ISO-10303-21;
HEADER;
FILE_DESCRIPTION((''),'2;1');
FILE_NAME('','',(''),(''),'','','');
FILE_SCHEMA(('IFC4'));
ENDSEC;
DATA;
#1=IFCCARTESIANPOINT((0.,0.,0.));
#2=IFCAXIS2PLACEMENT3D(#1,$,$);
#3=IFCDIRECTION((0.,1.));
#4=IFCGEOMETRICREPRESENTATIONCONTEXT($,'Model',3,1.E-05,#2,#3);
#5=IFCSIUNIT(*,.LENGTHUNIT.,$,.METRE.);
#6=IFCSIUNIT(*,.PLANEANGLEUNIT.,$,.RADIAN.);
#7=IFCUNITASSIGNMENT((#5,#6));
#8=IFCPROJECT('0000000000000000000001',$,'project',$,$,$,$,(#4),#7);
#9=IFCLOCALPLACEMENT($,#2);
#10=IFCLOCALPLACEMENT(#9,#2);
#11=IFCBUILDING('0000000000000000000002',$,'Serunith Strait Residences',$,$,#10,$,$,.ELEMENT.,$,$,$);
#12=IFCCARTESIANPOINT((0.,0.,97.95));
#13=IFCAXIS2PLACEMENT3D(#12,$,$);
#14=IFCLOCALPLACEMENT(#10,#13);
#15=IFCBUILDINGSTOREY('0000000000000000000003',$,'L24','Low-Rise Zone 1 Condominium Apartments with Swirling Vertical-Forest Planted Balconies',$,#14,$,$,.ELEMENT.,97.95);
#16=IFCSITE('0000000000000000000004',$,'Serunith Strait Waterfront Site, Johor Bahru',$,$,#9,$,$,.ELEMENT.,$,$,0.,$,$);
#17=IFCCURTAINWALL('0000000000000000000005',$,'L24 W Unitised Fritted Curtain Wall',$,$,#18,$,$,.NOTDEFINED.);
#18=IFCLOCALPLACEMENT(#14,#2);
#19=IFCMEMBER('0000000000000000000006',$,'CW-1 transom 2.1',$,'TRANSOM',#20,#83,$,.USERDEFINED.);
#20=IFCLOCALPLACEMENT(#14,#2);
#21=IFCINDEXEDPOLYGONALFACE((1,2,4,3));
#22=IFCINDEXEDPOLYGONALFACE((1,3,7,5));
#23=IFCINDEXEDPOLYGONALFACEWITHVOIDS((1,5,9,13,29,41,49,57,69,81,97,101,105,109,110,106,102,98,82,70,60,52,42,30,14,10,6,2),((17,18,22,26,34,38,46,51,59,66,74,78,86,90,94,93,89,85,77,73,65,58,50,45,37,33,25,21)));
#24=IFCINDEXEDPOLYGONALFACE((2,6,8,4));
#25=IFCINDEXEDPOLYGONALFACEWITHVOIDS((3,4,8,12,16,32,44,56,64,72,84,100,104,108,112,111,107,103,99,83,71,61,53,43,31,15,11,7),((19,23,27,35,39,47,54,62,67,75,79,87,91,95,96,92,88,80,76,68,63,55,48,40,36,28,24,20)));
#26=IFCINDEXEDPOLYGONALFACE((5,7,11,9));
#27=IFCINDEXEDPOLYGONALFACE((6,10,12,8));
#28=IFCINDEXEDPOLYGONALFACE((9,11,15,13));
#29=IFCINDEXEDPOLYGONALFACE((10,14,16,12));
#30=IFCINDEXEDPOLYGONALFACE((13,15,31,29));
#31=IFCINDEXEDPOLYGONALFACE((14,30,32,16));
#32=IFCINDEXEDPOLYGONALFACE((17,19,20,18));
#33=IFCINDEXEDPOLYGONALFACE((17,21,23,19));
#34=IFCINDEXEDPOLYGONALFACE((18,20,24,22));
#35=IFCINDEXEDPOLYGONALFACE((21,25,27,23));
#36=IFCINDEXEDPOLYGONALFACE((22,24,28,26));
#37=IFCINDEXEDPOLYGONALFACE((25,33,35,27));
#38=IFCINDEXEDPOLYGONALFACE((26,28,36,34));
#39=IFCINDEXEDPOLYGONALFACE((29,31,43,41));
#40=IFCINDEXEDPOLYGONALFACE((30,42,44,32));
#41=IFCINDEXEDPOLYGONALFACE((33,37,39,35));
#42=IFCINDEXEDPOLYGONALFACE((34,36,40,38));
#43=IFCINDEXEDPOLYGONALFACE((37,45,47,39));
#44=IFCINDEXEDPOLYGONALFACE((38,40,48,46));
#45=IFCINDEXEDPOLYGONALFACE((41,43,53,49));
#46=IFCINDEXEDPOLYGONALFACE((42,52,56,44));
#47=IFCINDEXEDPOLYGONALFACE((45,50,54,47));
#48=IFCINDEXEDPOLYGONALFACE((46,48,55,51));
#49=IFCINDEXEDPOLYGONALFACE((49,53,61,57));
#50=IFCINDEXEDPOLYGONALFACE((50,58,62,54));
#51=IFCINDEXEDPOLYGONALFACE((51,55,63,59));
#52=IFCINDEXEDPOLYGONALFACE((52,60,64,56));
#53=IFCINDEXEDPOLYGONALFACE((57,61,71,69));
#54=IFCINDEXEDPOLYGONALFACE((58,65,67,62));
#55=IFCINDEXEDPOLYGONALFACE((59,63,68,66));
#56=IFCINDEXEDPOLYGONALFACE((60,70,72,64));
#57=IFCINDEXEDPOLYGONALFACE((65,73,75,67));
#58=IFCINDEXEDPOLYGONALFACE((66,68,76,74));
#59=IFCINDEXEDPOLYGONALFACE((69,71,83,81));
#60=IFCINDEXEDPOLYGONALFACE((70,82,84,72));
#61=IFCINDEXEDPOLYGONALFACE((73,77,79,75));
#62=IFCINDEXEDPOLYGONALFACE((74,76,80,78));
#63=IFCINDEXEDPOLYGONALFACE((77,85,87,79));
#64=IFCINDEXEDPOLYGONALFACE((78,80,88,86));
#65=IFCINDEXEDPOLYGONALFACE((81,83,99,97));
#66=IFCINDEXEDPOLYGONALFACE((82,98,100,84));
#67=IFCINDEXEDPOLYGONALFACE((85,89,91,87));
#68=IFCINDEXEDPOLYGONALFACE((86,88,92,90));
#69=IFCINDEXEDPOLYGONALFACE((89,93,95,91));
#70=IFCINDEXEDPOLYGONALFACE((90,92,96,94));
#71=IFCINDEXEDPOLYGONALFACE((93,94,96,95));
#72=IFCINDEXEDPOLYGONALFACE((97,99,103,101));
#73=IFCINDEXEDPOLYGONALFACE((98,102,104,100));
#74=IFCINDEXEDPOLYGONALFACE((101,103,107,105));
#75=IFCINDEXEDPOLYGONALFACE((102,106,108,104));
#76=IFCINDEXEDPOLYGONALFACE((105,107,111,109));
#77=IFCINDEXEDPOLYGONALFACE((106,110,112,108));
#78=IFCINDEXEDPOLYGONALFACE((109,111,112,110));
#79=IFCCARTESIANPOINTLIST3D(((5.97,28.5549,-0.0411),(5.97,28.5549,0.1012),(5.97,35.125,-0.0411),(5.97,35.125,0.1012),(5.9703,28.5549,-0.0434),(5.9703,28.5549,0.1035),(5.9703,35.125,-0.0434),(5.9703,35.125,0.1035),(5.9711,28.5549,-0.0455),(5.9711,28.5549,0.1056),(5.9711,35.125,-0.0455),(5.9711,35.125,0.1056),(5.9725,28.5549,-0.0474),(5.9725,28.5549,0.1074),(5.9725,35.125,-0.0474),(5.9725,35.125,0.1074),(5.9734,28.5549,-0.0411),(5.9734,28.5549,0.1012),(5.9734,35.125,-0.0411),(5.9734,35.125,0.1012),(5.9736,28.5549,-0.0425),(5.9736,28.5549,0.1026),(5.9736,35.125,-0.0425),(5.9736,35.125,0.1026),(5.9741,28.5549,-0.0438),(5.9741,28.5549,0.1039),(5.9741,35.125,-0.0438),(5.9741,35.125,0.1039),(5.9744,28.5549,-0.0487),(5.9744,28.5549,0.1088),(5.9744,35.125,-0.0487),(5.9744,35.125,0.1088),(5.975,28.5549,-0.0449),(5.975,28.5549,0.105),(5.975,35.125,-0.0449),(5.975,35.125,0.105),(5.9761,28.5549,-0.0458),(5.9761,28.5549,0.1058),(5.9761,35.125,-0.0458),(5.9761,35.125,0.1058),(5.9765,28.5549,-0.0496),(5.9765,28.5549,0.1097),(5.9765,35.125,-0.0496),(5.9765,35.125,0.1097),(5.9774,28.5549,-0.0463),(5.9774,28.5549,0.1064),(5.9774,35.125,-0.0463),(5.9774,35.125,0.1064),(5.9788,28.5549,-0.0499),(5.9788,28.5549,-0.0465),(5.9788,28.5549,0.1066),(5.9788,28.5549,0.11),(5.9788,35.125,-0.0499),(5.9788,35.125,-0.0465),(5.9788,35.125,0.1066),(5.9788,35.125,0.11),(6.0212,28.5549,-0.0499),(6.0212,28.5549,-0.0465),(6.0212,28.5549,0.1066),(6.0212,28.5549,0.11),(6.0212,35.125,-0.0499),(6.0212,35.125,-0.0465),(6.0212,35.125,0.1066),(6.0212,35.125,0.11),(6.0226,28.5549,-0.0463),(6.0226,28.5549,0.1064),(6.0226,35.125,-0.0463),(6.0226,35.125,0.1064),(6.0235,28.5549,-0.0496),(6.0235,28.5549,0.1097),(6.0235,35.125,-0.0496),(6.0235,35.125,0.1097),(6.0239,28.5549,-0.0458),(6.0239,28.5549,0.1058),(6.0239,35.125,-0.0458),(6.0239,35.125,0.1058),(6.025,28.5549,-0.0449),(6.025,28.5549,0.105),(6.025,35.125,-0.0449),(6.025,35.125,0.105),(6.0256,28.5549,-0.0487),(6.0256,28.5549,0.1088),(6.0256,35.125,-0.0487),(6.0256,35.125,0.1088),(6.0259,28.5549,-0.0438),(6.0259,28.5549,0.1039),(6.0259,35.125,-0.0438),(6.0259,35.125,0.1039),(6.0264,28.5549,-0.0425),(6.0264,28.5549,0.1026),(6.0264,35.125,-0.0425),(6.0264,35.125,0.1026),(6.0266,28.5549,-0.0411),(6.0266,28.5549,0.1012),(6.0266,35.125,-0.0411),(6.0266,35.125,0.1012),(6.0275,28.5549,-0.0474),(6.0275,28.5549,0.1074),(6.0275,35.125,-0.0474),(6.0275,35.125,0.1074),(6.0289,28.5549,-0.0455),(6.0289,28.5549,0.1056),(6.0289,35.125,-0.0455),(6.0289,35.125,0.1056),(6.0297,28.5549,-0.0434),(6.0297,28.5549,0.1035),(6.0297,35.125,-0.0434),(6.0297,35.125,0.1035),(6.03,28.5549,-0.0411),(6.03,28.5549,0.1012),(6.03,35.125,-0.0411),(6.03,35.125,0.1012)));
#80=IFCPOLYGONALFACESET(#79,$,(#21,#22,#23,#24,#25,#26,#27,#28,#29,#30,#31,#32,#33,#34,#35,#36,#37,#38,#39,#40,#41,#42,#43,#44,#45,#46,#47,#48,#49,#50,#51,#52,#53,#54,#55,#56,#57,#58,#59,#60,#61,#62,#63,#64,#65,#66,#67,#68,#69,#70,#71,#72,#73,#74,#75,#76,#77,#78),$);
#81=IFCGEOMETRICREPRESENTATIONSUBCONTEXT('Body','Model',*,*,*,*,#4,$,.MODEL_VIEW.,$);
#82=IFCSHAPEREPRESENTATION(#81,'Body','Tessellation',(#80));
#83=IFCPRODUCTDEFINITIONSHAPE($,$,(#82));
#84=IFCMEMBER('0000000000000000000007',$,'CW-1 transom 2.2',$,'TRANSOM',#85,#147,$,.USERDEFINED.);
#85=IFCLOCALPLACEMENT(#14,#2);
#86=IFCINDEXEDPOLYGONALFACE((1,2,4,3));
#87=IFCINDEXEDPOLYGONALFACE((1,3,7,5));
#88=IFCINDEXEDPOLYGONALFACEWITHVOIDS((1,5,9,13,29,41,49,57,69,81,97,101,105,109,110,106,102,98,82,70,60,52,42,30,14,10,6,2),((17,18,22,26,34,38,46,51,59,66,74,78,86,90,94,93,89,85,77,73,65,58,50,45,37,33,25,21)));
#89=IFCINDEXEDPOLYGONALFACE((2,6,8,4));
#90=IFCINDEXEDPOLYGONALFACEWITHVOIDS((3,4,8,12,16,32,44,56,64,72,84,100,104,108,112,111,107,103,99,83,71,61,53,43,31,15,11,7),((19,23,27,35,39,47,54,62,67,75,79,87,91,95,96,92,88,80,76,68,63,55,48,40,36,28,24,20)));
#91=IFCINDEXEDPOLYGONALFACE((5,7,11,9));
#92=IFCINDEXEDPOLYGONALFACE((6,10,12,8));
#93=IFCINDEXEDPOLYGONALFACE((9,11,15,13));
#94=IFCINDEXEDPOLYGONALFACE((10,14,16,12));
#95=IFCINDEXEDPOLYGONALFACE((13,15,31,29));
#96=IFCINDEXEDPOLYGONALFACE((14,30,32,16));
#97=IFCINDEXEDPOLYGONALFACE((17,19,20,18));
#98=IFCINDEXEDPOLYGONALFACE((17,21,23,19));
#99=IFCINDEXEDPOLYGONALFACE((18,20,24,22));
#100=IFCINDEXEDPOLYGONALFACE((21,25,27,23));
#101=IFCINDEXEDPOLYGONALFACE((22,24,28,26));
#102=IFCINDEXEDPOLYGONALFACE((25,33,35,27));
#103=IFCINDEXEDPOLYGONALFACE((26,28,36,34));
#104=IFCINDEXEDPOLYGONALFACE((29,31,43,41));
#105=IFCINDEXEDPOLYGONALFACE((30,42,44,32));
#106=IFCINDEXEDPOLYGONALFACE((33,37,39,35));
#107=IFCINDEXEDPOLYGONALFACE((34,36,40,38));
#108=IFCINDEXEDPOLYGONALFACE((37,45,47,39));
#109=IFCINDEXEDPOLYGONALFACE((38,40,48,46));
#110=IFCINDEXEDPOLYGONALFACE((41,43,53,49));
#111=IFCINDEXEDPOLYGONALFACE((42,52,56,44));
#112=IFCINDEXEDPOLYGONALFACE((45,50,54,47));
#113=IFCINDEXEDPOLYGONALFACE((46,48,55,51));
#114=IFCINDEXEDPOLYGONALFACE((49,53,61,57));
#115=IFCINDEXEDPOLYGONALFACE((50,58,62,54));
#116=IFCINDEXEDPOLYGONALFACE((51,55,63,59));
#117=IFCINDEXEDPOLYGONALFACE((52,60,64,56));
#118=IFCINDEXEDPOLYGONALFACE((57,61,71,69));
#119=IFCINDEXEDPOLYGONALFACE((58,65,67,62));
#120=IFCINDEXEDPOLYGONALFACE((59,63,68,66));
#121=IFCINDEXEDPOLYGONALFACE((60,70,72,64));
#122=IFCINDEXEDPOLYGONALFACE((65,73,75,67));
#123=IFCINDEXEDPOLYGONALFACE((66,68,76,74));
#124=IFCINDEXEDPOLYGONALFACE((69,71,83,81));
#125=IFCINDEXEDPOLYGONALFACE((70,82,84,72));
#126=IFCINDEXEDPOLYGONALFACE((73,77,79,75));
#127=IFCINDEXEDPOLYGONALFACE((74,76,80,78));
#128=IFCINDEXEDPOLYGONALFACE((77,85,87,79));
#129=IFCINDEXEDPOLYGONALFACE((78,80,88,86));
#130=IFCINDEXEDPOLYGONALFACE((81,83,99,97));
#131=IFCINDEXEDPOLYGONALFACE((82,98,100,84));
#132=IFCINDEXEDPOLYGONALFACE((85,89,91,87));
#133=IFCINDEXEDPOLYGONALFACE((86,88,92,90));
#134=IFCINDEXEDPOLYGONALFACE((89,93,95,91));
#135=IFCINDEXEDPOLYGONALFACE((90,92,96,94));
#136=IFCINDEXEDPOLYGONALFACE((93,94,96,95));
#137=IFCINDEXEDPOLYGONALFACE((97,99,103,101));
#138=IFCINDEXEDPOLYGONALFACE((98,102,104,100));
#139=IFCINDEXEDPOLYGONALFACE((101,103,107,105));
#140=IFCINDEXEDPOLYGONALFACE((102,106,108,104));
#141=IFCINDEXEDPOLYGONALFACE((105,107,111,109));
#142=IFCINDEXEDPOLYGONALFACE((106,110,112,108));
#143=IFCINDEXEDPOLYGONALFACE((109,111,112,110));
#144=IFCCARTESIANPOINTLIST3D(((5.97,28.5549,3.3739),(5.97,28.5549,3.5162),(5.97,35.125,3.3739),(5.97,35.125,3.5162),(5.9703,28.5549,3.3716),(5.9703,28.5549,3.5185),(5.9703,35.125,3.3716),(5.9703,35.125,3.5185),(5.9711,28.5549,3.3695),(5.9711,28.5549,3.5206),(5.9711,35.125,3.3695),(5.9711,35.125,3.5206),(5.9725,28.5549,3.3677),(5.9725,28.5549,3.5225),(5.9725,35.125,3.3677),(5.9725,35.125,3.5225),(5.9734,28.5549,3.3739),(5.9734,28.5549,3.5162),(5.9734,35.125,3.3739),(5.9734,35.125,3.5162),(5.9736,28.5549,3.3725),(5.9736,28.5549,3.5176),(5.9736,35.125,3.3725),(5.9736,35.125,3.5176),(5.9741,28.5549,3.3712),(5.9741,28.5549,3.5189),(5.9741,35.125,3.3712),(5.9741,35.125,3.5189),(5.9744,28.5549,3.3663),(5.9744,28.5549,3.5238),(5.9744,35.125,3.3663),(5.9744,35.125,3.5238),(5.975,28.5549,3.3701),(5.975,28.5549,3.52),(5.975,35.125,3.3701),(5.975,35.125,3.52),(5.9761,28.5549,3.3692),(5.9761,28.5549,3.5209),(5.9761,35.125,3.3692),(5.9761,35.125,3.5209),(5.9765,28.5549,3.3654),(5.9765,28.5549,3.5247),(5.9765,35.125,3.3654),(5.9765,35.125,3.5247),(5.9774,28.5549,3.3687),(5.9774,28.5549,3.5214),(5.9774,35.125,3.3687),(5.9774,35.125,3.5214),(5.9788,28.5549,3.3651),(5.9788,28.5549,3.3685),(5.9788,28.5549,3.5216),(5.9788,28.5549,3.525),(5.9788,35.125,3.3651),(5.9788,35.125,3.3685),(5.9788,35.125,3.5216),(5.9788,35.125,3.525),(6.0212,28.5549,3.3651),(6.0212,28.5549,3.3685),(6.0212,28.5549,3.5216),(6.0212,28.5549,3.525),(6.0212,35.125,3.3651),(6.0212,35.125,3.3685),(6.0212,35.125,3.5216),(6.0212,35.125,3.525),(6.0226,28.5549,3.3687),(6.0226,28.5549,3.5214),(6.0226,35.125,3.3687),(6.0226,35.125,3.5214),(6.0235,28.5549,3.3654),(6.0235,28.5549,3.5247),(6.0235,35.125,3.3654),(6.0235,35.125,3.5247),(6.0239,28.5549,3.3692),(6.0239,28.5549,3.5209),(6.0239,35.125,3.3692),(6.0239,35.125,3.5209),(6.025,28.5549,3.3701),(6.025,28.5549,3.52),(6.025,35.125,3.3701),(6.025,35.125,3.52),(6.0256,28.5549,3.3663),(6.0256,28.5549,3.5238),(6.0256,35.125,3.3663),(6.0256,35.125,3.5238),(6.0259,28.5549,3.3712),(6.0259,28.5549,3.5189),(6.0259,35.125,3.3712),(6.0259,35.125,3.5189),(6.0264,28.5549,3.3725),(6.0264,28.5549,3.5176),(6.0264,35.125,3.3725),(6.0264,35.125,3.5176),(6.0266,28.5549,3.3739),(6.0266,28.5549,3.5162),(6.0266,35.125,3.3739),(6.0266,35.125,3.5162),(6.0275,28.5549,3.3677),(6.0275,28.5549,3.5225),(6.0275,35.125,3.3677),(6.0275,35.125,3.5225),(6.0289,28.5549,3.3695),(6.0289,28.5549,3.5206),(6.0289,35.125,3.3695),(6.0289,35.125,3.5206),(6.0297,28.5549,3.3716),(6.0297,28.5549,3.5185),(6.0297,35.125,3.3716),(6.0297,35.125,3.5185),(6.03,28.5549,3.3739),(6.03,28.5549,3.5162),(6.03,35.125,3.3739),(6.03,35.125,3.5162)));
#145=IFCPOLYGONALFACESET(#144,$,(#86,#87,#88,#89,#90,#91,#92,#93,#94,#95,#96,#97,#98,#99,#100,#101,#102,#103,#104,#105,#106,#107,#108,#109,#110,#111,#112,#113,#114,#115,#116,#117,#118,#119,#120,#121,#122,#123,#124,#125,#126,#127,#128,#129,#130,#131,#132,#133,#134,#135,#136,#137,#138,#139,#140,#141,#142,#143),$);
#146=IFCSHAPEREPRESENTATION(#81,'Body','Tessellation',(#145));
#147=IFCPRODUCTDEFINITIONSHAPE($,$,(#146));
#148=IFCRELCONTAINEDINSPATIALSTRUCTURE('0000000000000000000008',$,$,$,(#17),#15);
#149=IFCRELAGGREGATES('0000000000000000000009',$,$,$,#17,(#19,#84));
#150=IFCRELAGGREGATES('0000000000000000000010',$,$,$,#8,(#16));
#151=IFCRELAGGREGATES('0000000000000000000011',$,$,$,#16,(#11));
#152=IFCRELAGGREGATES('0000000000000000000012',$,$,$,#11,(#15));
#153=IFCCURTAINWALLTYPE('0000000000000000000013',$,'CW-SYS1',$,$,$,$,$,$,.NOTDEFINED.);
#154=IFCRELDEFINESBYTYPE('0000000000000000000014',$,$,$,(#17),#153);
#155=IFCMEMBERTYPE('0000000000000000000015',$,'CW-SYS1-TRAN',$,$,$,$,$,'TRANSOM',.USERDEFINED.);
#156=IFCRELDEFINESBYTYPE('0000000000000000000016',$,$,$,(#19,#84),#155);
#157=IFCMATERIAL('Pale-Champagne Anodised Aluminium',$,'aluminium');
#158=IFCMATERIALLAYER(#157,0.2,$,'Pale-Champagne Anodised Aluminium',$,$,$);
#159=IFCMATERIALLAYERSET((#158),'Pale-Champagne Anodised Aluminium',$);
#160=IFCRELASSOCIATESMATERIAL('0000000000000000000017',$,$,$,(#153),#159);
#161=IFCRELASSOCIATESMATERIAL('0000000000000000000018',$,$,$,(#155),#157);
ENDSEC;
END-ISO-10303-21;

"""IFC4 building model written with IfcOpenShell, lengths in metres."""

from ifc_helpers import new_model, si_unit, direction, frame, origin, origin_2d, place, context, subcontext, project, spatial, hollow_rectangle, extrude, source, transform, mapped, material, layer, layer_set, material_profile, profile_set, type_object, element, aggregate, save


model = new_model("IFC4")

# Units and contexts
model_context = context("Model", 3, precision=1e-05, world=origin(), true_north=direction((0.0, 1.0)))
body_context = subcontext(model_context, "Body", "Model", "MODEL_VIEW")
ifc_project = project(units=[si_unit("LENGTHUNIT", "METRE"), si_unit("PLANEANGLEUNIT", "RADIAN")], contexts=[model_context])

# Site, building, storey
site_placement = place(None, origin())
site = spatial("IfcSite", under=ifc_project, at=site_placement, Name="Serunith Strait Waterfront Site, Johor Bahru", CompositionType="ELEMENT", RefElevation=0.0)
building_placement = place(site_placement, origin())
building = spatial("IfcBuilding", under=site, at=building_placement, Name="Serunith Strait Residences", CompositionType="ELEMENT")
storey_placement = place(building_placement, frame((0.0, 0.0, 97.95)))
storey = spatial("IfcBuildingStorey", under=building, at=storey_placement, Name="L24", Description="Low-Rise Zone 1 Condominium Apartments with Swirling Vertical-Forest Planted Balconies", CompositionType="ELEMENT", Elevation=97.95)

# Curtain wall, members
ifc_material_1 = material(Name="Pale-Champagne Anodised Aluminium", Category="aluminium")
ifc_layer_1 = layer(ifc_material_1, 0.2, Name="Pale-Champagne Anodised Aluminium")
ifc_layer_set_1 = layer_set([ifc_layer_1], Name="Pale-Champagne Anodised Aluminium")
curtain_wall_type = type_object("IfcCurtainWallType", Name="CW-SYS1", PredefinedType="NOTDEFINED", material=ifc_layer_set_1)
curtain_wall_placement = place(storey_placement, origin())
curtain_wall = element("IfcCurtainWall", 1, at=curtain_wall_placement, inside=storey, type_object=curtain_wall_type, Name="L24 W Unitised Fritted Curtain Wall", PredefinedType="NOTDEFINED")
ifc_material_profile_1 = material_profile(ifc_material_1, hollow_rectangle(XDim=0.0601, YDim=0.1599, WallThickness=0.0034, InnerFilletRadius=0.0054, OuterFilletRadius=0.0088, at=origin_2d()), Name="ALU 160x60x3.5")
ifc_profile_set_1 = profile_set([ifc_material_profile_1], Name="Pale-Champagne Anodised Aluminium")
member_type_1 = type_object("IfcMemberType", Name="CW-SYS1-TRAN", ElementType="TRANSOM", PredefinedType="USERDEFINED", material=ifc_profile_set_1)
shared_shape_1 = source(origin(), body_context, "Body", "SweptSolid", [
    extrude(hollow_rectangle(XDim=0.0601, YDim=0.1599, WallThickness=0.0034, InnerFilletRadius=0.0054, OuterFilletRadius=0.0088, at=origin_2d()), origin(), (0.0, 0.0, 1.0), 6.5701),
])
member_1_placement = place(storey_placement, frame((6.0, 35.125, 0.03), z_axis=(0.0, -1.0, 0.0), x_axis=(1.0, 0.0, 0.0)))
member_1 = element("IfcMember", 2, at=member_1_placement, type_object=member_type_1, Name="CW-1 transom 2.1", ObjectType="TRANSOM", PredefinedType="USERDEFINED", context=body_context, shape_type="MappedRepresentation", body=[
    mapped(shared_shape_1, transform((0.0, 0.0, 0.0), scale=1.0)),
])
member_2_placement = place(storey_placement, frame((6.0, 35.125, 3.4451), z_axis=(0.0, -1.0, 0.0), x_axis=(1.0, 0.0, 0.0)))
member_2 = element("IfcMember", 3, at=member_2_placement, type_object=member_type_1, Name="CW-1 transom 2.2", ObjectType="TRANSOM", PredefinedType="USERDEFINED", context=body_context, shape_type="MappedRepresentation", body=[
    mapped(shared_shape_1, transform((0.0, 0.0, 0.0), scale=1.0)),
])
aggregate(curtain_wall, [member_1, member_2])

save(model, "model.ifc")
